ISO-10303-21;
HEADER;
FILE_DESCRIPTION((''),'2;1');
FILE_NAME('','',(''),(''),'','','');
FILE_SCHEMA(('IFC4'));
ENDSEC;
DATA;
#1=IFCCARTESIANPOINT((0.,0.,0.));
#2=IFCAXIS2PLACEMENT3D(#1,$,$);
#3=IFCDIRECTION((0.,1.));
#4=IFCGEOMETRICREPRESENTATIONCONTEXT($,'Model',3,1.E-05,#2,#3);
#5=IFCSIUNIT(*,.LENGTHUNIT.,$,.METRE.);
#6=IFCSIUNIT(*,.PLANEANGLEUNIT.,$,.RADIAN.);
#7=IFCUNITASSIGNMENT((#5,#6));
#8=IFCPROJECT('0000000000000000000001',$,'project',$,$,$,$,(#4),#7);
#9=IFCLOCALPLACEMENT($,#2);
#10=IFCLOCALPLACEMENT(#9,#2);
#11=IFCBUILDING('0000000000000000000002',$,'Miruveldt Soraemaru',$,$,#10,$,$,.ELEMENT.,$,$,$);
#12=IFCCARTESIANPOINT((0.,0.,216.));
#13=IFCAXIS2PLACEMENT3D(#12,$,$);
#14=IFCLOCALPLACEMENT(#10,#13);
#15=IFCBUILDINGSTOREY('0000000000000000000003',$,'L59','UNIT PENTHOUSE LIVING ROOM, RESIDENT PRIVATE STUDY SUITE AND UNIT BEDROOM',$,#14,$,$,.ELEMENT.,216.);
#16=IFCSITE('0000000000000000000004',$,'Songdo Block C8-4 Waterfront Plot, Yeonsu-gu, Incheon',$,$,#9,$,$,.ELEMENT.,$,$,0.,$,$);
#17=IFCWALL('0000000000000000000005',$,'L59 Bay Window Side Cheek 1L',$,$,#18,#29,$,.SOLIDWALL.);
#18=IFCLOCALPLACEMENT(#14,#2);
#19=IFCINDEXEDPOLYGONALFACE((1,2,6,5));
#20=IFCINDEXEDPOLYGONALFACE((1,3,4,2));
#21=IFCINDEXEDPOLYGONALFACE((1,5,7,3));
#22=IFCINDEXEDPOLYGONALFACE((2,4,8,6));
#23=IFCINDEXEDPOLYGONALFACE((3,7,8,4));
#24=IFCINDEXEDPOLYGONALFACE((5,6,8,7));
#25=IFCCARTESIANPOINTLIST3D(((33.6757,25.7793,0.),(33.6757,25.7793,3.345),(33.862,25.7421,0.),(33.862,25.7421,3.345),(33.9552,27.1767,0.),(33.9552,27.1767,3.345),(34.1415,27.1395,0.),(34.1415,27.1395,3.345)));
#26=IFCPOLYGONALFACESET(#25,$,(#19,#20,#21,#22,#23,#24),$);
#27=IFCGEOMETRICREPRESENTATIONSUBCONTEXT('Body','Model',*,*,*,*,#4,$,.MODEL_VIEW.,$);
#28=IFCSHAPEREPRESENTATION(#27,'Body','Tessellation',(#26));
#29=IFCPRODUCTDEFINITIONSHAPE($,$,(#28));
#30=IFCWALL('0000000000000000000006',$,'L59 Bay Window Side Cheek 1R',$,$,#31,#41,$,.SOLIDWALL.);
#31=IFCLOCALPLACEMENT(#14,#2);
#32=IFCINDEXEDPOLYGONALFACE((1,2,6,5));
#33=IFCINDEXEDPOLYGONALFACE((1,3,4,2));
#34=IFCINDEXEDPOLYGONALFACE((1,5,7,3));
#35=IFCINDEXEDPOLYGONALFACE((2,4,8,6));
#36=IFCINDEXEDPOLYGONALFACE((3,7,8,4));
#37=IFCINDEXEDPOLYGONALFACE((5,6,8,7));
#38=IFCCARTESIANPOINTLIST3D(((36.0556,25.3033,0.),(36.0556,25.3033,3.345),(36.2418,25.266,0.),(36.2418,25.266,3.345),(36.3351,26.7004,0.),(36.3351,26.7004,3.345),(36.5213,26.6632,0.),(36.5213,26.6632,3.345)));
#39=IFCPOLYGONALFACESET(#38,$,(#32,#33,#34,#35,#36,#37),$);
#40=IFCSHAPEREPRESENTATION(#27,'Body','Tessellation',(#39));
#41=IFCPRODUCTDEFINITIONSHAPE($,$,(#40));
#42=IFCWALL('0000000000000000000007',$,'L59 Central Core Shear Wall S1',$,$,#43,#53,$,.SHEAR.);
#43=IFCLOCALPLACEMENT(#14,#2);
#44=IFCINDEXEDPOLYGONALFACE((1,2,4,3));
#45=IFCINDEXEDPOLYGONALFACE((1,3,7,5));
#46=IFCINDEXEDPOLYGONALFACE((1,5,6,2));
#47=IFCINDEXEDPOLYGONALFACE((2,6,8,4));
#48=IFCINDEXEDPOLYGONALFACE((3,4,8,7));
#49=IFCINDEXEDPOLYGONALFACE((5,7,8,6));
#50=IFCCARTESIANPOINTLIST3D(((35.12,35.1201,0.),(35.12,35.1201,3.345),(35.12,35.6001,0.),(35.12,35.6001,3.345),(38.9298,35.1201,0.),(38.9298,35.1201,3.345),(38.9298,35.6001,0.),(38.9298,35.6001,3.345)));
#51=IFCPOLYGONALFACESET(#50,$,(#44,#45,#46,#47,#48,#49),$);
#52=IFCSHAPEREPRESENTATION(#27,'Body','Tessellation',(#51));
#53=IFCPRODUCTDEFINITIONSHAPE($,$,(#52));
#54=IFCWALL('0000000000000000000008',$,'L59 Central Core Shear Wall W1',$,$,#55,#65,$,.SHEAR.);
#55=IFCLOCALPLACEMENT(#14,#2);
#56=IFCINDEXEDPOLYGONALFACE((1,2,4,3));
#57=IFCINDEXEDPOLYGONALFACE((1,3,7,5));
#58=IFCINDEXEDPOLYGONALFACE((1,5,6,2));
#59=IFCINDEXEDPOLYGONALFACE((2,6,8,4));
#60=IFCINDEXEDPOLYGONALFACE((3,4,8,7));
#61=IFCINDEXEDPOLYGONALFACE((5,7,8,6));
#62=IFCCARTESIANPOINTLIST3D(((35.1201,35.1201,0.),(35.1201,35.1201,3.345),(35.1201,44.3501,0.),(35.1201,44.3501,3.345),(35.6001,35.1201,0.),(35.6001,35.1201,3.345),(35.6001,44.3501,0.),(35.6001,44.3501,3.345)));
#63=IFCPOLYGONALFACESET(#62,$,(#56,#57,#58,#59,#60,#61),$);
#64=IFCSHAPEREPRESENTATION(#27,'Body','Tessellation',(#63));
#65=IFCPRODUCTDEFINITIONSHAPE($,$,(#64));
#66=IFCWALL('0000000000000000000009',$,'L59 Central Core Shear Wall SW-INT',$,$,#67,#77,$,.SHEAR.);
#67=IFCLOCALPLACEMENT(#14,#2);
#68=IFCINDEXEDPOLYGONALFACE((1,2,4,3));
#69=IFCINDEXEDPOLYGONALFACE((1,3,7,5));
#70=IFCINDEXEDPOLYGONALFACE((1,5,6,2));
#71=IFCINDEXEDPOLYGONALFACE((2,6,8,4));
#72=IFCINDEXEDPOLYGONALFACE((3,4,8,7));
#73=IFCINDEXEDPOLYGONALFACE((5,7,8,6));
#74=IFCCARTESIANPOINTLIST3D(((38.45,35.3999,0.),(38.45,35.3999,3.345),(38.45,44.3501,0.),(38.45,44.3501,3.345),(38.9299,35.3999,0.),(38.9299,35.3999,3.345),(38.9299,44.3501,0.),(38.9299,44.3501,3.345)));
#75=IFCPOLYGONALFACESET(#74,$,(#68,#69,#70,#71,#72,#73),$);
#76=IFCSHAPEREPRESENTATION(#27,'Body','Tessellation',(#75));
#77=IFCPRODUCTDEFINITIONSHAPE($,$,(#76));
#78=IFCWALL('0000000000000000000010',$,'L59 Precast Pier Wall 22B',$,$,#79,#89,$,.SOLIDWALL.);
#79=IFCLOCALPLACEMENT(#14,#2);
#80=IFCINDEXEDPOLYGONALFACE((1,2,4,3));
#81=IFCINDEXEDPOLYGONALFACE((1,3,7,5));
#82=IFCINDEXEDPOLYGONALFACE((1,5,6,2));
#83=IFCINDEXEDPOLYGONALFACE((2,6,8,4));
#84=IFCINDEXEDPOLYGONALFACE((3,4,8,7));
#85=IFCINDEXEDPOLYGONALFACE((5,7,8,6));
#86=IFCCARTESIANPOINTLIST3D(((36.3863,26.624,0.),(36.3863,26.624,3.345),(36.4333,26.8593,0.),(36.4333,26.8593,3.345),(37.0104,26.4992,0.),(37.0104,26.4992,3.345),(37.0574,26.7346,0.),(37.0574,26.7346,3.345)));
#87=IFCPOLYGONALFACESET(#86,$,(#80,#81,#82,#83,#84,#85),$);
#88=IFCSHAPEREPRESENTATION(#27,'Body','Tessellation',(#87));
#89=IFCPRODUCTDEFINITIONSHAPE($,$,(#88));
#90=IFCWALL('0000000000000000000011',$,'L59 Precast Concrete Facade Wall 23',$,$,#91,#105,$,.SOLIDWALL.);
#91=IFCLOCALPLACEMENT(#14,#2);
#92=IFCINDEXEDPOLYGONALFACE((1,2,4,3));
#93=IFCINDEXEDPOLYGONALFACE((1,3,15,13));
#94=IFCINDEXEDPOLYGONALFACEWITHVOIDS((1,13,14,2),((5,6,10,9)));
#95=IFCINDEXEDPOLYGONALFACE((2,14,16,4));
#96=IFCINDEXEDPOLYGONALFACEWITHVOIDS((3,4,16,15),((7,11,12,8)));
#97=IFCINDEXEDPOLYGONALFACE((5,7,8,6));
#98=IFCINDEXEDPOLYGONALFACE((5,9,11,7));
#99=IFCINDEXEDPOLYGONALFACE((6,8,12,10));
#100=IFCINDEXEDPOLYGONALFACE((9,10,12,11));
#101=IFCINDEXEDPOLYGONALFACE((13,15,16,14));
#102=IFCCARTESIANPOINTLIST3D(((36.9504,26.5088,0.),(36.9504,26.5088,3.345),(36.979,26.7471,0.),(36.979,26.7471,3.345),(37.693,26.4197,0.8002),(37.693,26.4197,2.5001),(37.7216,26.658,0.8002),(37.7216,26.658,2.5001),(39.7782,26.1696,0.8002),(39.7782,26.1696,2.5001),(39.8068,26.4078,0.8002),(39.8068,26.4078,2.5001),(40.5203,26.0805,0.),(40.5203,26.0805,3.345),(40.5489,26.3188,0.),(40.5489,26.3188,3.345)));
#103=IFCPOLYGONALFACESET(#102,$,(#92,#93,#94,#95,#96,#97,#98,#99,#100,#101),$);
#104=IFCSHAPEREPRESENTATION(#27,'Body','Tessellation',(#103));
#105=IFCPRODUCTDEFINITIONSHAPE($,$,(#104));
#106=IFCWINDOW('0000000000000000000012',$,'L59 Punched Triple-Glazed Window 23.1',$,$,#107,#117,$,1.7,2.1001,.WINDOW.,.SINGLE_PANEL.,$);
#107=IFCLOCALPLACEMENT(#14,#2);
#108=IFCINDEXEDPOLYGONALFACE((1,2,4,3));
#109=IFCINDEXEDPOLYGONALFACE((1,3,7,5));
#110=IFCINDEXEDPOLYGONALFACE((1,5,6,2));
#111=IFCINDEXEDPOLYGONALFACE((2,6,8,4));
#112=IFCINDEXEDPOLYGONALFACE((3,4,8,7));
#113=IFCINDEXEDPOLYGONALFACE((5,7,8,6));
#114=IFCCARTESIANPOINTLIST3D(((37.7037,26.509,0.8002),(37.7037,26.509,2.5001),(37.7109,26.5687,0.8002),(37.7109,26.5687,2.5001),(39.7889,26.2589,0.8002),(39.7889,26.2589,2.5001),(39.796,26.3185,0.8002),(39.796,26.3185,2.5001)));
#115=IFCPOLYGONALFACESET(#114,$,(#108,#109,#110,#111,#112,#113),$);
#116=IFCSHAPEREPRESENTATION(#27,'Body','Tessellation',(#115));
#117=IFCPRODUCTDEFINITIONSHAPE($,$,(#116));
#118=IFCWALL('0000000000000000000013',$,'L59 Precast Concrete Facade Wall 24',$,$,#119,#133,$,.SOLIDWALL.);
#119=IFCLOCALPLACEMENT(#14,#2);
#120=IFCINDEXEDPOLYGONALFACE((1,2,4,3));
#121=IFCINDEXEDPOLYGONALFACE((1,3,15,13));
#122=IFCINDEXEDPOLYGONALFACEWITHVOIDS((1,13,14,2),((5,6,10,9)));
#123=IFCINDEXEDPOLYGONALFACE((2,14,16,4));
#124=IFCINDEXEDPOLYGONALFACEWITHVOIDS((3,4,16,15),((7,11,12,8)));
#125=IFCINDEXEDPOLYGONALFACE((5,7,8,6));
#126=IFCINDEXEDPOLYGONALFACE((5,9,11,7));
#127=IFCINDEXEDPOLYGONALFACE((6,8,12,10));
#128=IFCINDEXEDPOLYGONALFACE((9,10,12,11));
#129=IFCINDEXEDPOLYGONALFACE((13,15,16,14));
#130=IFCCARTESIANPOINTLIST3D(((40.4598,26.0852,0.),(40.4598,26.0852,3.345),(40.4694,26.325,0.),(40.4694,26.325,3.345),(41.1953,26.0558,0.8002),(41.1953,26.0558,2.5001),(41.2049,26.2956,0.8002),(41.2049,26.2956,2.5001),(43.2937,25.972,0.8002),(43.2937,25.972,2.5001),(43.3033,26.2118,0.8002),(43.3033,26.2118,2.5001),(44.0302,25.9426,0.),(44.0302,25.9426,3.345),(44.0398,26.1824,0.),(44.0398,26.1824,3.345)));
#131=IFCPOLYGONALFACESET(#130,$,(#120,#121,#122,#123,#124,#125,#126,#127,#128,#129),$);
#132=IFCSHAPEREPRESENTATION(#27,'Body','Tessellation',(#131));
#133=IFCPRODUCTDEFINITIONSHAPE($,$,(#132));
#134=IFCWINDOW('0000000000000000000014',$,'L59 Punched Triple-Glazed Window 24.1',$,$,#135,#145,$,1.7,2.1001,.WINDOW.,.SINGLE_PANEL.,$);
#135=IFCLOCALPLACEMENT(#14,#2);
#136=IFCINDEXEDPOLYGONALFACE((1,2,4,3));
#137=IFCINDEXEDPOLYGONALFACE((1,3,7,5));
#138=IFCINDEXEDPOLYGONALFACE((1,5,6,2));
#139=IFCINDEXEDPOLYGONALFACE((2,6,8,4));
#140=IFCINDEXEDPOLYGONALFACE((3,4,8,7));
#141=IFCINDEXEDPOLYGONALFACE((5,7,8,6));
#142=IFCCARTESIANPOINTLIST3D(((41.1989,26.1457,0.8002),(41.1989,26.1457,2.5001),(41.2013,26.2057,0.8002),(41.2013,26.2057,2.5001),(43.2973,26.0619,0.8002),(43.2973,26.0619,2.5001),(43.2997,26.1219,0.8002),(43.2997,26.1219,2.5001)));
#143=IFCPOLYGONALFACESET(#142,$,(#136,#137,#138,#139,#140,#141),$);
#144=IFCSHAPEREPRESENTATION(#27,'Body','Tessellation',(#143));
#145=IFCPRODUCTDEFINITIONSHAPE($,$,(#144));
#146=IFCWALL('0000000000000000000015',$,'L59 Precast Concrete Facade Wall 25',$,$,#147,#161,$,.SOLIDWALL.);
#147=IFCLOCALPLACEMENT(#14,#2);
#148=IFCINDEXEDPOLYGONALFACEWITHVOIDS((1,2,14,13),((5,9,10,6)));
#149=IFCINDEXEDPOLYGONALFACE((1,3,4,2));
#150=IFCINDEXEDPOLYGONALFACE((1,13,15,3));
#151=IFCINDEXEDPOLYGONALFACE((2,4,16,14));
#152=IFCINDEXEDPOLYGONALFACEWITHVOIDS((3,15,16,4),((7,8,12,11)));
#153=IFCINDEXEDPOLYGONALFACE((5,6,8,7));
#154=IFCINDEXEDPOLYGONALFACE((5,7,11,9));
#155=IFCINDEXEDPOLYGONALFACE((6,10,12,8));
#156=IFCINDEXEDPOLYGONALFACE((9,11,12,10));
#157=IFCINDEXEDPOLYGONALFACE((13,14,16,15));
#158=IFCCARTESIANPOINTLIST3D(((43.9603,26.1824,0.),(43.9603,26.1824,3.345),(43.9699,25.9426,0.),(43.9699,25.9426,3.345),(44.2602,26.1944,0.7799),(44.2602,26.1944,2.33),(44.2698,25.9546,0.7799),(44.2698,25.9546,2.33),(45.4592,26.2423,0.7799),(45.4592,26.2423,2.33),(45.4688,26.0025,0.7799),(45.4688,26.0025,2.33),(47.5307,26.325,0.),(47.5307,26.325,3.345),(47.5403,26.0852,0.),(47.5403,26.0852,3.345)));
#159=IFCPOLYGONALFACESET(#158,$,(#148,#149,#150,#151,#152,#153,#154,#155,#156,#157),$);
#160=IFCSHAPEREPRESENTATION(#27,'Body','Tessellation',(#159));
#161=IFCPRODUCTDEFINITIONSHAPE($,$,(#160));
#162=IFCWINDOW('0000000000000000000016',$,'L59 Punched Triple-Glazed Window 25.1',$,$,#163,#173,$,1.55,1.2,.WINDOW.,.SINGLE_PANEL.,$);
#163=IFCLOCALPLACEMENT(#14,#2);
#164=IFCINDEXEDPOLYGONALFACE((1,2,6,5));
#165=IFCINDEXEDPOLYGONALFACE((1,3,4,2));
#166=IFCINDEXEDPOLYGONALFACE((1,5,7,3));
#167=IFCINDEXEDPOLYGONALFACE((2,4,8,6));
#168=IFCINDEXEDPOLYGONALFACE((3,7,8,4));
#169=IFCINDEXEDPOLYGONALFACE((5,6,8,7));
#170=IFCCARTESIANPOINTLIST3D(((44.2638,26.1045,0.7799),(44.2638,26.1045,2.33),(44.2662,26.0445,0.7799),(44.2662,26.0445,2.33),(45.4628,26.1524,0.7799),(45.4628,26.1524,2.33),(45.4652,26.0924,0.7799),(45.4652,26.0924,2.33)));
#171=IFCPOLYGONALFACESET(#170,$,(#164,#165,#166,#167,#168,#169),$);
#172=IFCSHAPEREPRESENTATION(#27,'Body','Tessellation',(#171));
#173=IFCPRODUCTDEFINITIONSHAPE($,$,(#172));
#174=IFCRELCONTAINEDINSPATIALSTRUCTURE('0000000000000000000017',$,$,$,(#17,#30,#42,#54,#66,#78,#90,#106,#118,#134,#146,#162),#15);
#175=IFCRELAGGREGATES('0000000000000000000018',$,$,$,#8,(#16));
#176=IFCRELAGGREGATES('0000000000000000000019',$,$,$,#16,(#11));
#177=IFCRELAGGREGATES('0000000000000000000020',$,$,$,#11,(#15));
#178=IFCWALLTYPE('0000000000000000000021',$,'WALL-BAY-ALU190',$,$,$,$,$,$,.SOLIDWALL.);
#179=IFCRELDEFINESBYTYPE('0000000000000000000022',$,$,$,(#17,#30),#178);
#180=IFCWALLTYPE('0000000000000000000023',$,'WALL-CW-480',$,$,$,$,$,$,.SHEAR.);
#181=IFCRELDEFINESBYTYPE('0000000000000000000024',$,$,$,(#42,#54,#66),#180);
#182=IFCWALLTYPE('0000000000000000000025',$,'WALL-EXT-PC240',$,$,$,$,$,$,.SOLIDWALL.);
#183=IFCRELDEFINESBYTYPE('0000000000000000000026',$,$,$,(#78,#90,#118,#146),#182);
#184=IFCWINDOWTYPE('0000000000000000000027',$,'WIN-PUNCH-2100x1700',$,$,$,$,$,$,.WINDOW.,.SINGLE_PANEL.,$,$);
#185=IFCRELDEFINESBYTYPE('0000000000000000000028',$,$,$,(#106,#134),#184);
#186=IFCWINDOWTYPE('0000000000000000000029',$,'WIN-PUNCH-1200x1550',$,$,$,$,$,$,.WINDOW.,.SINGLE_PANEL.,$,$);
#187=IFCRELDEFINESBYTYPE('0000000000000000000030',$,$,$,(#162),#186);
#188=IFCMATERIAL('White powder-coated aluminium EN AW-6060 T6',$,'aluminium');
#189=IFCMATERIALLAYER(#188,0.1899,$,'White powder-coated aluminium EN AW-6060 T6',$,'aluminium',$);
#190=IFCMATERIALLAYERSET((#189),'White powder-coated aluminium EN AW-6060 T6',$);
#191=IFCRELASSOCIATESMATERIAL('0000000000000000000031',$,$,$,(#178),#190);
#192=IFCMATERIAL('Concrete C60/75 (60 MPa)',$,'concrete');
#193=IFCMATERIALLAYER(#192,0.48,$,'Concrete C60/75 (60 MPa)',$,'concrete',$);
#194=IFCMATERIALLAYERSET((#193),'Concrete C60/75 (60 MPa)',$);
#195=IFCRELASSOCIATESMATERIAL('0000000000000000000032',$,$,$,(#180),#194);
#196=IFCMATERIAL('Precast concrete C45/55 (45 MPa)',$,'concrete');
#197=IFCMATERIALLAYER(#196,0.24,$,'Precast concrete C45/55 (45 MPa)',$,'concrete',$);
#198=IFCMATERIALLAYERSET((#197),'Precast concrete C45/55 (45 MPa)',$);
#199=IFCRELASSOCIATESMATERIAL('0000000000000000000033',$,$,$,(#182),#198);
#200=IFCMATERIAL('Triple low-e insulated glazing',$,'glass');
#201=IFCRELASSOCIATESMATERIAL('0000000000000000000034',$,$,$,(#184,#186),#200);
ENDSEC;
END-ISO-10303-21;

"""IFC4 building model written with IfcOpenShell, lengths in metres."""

from ifc_helpers import new_model, si_unit, direction, frame, frame_2d, origin, place, context, subcontext, project, spatial, rectangle, extrude, material, layer, layer_set, type_object, element, fill, save


model = new_model("IFC4")

# Units and contexts
model_context = context("Model", 3, precision=1e-05, world=origin(), true_north=direction((0.0, 1.0)))
body_context = subcontext(model_context, "Body", "Model", "MODEL_VIEW")
ifc_project = project(units=[si_unit("LENGTHUNIT", "METRE"), si_unit("PLANEANGLEUNIT", "RADIAN")], contexts=[model_context])

# Site, building, storey
site_placement = place(None, origin())
site = spatial("IfcSite", under=ifc_project, at=site_placement, Name="Songdo Block C8-4 Waterfront Plot, Yeonsu-gu, Incheon", CompositionType="ELEMENT", RefElevation=0.0)
building_placement = place(site_placement, origin())
building = spatial("IfcBuilding", under=site, at=building_placement, Name="Miruveldt Soraemaru", CompositionType="ELEMENT")
storey_placement = place(building_placement, frame((0.0, 0.0, 216.0)))
storey = spatial("IfcBuildingStorey", under=building, at=storey_placement, Name="L59", Description="UNIT PENTHOUSE LIVING ROOM, RESIDENT PRIVATE STUDY SUITE AND UNIT BEDROOM", CompositionType="ELEMENT", Elevation=216.0)

# Shared definitions
ifc_material_1 = material(Name="Concrete C60/75 (60 MPa)", Category="concrete")

# Walls
ifc_material_2 = material(Name="White powder-coated aluminium EN AW-6060 T6", Category="aluminium")
ifc_layer_1 = layer(ifc_material_2, 0.1899, Name="White powder-coated aluminium EN AW-6060 T6", Category="aluminium")
ifc_layer_set_1 = layer_set([ifc_layer_1], Name="White powder-coated aluminium EN AW-6060 T6")
wall_type_1 = type_object("IfcWallType", Name="WALL-BAY-ALU190", PredefinedType="SOLIDWALL", material=ifc_layer_set_1)
wall_1_placement = place(storey_placement, frame((34.0483, 27.158, 0.0), z_axis=(0.0, 0.0, 1.0), x_axis=(-0.196149, -0.980574, 0.0)))
element("IfcWall", 1, at=wall_1_placement, inside=storey, type_object=wall_type_1, Name="L59 Bay Window Side Cheek 1L", PredefinedType="SOLIDWALL", context=body_context, shape_type="SweptSolid", body=[
    extrude(rectangle(XDim=1.425, YDim=0.1899, at=frame_2d((0.7124, 0.0))), origin(), (0.0, 0.0, 1.0), 3.345),
])
wall_2_placement = place(storey_placement, frame((36.1487, 25.2847, 0.0), z_axis=(0.0, 0.0, 1.0), x_axis=(0.196182, 0.980567, 0.0)))
element("IfcWall", 2, at=wall_2_placement, inside=storey, type_object=wall_type_1, Name="L59 Bay Window Side Cheek 1R", PredefinedType="SOLIDWALL", context=body_context, shape_type="SweptSolid", body=[
    extrude(rectangle(XDim=1.4248, YDim=0.1899, at=frame_2d((0.7124, 0.0))), origin(), (0.0, 0.0, 1.0), 3.345),
])
ifc_layer_2 = layer(ifc_material_1, 0.48, Name="Concrete C60/75 (60 MPa)", Category="concrete")
ifc_layer_set_2 = layer_set([ifc_layer_2], Name="Concrete C60/75 (60 MPa)")
wall_type_2 = type_object("IfcWallType", Name="WALL-CW-480", PredefinedType="SHEAR", material=ifc_layer_set_2)
wall_3_placement = place(storey_placement, frame((35.1201, 35.3601, 0.0), z_axis=(0.0, 0.0, 1.0), x_axis=(1.0, 0.0, 0.0)))
element("IfcWall", 3, at=wall_3_placement, inside=storey, type_object=wall_type_2, Name="L59 Central Core Shear Wall S1", PredefinedType="SHEAR", context=body_context, shape_type="SweptSolid", body=[
    extrude(rectangle(XDim=3.8098, YDim=0.48, at=frame_2d((1.9048, 0.0))), origin(), (0.0, 0.0, 1.0), 3.345),
])
wall_4_placement = place(storey_placement, frame((35.3601, 35.1201, 0.0), z_axis=(0.0, 0.0, 1.0), x_axis=(0.0, 1.0, 0.0)))
element("IfcWall", 4, at=wall_4_placement, inside=storey, type_object=wall_type_2, Name="L59 Central Core Shear Wall W1", PredefinedType="SHEAR", context=body_context, shape_type="SweptSolid", body=[
    extrude(rectangle(XDim=9.23, YDim=0.48, at=frame_2d((4.615, 0.0))), origin(), (0.0, 0.0, 1.0), 3.345),
])
wall_5_placement = place(storey_placement, frame((38.6899, 35.3999, 0.0), z_axis=(0.0, 0.0, 1.0), x_axis=(0.0, 1.0, 0.0)))
element("IfcWall", 5, at=wall_5_placement, inside=storey, type_object=wall_type_2, Name="L59 Central Core Shear Wall SW-INT", PredefinedType="SHEAR", context=body_context, shape_type="SweptSolid", body=[
    extrude(rectangle(XDim=8.9502, YDim=0.48, at=frame_2d((4.4751, 0.0))), origin(), (0.0, 0.0, 1.0), 3.345),
])
ifc_material_3 = material(Name="Precast concrete C45/55 (45 MPa)", Category="concrete")
ifc_layer_3 = layer(ifc_material_3, 0.24, Name="Precast concrete C45/55 (45 MPa)", Category="concrete")
ifc_layer_set_3 = layer_set([ifc_layer_3], Name="Precast concrete C45/55 (45 MPa)")
wall_type_3 = type_object("IfcWallType", Name="WALL-EXT-PC240", PredefinedType="SOLIDWALL", material=ifc_layer_set_3)
wall_6_placement = place(storey_placement, frame((36.4097, 26.7417, 0.0), z_axis=(0.0, 0.0, 1.0), x_axis=(0.980595, -0.196042, 0.0)))
element("IfcWall", 6, at=wall_6_placement, inside=storey, type_object=wall_type_3, Name="L59 Precast Pier Wall 22B", PredefinedType="SOLIDWALL", context=body_context, shape_type="SweptSolid", body=[
    extrude(rectangle(XDim=0.6365, YDim=0.24, at=frame_2d((0.3184, 0.0))), origin(), (0.0, 0.0, 1.0), 3.345),
])

# Walls, openings, windows
wall_7_placement = place(storey_placement, frame((36.9646, 26.6279, 0.0), z_axis=(0.0, 0.0, 1.0), x_axis=(0.992882, -0.119102, 0.0)))
wall_7 = element("IfcWall", 7, at=wall_7_placement, inside=storey, type_object=wall_type_3, Name="L59 Precast Concrete Facade Wall 23", PredefinedType="SOLIDWALL", context=body_context, shape_type="SweptSolid", body=[
    extrude(rectangle(XDim=3.5955, YDim=0.24, at=frame_2d((1.7979, 0.0))), origin(), (0.0, 0.0, 1.0), 3.345),
])
opening_1_placement = place(wall_7_placement, frame((0.748, 0.0, 0.8)))
opening_1 = element("IfcOpeningElement", 8, at=opening_1_placement, cuts=wall_7, PredefinedType="OPENING", context=body_context, shape_type="SweptSolid", body=[
    extrude(rectangle(XDim=2.1001, YDim=1.7, at=frame_2d((1.05, 0.8501))), frame((0.0, 0.1299, 0.0), z_axis=(0.0, -1.0, 0.0), x_axis=(1.0, 0.0, 0.0)), (0.0, 0.0, 1.0), 0.26),
])
ifc_material_4 = material(Name="Triple low-e insulated glazing", Category="glass")
window_type_1 = type_object("IfcWindowType", Name="WIN-PUNCH-2100x1700", PartitioningType="SINGLE_PANEL", PredefinedType="WINDOW", material=ifc_material_4)
window_1_placement = place(opening_1_placement, origin())
window_1 = element("IfcWindow", 9, at=window_1_placement, inside=storey, type_object=window_type_1, Name="L59 Punched Triple-Glazed Window 23.1", OverallHeight=1.7, OverallWidth=2.1001, PartitioningType="SINGLE_PANEL", PredefinedType="WINDOW", context=body_context, shape_type="SweptSolid", body=[
    extrude(rectangle(XDim=2.1001, YDim=1.7, at=frame_2d((1.05, 0.8501))), frame((0.0, 0.03, 0.0), z_axis=(0.0, -1.0, 0.0), x_axis=(1.0, 0.0, 0.0)), (0.0, 0.0, 1.0), 0.0601),
])
fill(opening_1, window_1)
wall_8_placement = place(storey_placement, frame((40.4646, 26.2051, 0.0), z_axis=(0.0, 0.0, 1.0), x_axis=(0.999204, -0.039903, 0.0)))
wall_8 = element("IfcWall", 10, at=wall_8_placement, inside=storey, type_object=wall_type_3, Name="L59 Precast Concrete Facade Wall 24", PredefinedType="SOLIDWALL", context=body_context, shape_type="SweptSolid", body=[
    extrude(rectangle(XDim=3.5732, YDim=0.24, at=frame_2d((1.7866, 0.0))), origin(), (0.0, 0.0, 1.0), 3.345),
])
opening_2_placement = place(wall_8_placement, frame((0.7361, 0.0, 0.8)))
opening_2 = element("IfcOpeningElement", 11, at=opening_2_placement, cuts=wall_8, PredefinedType="OPENING", context=body_context, shape_type="SweptSolid", body=[
    extrude(rectangle(XDim=2.1001, YDim=1.7, at=frame_2d((1.05, 0.8501))), frame((0.0, 0.1299, 0.0), z_axis=(0.0, -1.0, 0.0), x_axis=(1.0, 0.0, 0.0)), (0.0, 0.0, 1.0), 0.26),
])
window_2_placement = place(opening_2_placement, origin())
window_2 = element("IfcWindow", 12, at=window_2_placement, inside=storey, type_object=window_type_1, Name="L59 Punched Triple-Glazed Window 24.1", OverallHeight=1.7, OverallWidth=2.1001, PartitioningType="SINGLE_PANEL", PredefinedType="WINDOW", context=body_context, shape_type="SweptSolid", body=[
    extrude(rectangle(XDim=2.1001, YDim=1.7, at=frame_2d((1.05, 0.8501))), frame((0.0, 0.03, 0.0), z_axis=(0.0, -1.0, 0.0), x_axis=(1.0, 0.0, 0.0)), (0.0, 0.0, 1.0), 0.0601),
])
fill(opening_2, window_2)
wall_9_placement = place(storey_placement, frame((43.9651, 26.0625, 0.0), z_axis=(0.0, 0.0, 1.0), x_axis=(0.999204, 0.039903, 0.0)))
wall_9 = element("IfcWall", 13, at=wall_9_placement, inside=storey, type_object=wall_type_3, Name="L59 Precast Concrete Facade Wall 25", PredefinedType="SOLIDWALL", context=body_context, shape_type="SweptSolid", body=[
    extrude(rectangle(XDim=3.5732, YDim=0.24, at=frame_2d((1.7866, 0.0))), origin(), (0.0, 0.0, 1.0), 3.345),
])
opening_3_placement = place(wall_9_placement, frame((0.3, 0.0, 0.78)))
opening_3 = element("IfcOpeningElement", 14, at=opening_3_placement, cuts=wall_9, PredefinedType="OPENING", context=body_context, shape_type="SweptSolid", body=[
    extrude(rectangle(XDim=1.2, YDim=1.55, at=frame_2d((0.6001, 0.7749))), frame((0.0, 0.1299, 0.0), z_axis=(0.0, -1.0, 0.0), x_axis=(1.0, 0.0, 0.0)), (0.0, 0.0, 1.0), 0.26),
])
window_type_2 = type_object("IfcWindowType", Name="WIN-PUNCH-1200x1550", PartitioningType="SINGLE_PANEL", PredefinedType="WINDOW", material=ifc_material_4)
window_3_placement = place(opening_3_placement, origin())
window_3 = element("IfcWindow", 15, at=window_3_placement, inside=storey, type_object=window_type_2, Name="L59 Punched Triple-Glazed Window 25.1", OverallHeight=1.55, OverallWidth=1.2, PartitioningType="SINGLE_PANEL", PredefinedType="WINDOW", context=body_context, shape_type="SweptSolid", body=[
    extrude(rectangle(XDim=1.2, YDim=1.55, at=frame_2d((0.6001, 0.7749))), frame((0.0, 0.03, 0.0), z_axis=(0.0, -1.0, 0.0), x_axis=(1.0, 0.0, 0.0)), (0.0, 0.0, 1.0), 0.0601),
])
fill(opening_3, window_3)

save(model, "model.ifc")
